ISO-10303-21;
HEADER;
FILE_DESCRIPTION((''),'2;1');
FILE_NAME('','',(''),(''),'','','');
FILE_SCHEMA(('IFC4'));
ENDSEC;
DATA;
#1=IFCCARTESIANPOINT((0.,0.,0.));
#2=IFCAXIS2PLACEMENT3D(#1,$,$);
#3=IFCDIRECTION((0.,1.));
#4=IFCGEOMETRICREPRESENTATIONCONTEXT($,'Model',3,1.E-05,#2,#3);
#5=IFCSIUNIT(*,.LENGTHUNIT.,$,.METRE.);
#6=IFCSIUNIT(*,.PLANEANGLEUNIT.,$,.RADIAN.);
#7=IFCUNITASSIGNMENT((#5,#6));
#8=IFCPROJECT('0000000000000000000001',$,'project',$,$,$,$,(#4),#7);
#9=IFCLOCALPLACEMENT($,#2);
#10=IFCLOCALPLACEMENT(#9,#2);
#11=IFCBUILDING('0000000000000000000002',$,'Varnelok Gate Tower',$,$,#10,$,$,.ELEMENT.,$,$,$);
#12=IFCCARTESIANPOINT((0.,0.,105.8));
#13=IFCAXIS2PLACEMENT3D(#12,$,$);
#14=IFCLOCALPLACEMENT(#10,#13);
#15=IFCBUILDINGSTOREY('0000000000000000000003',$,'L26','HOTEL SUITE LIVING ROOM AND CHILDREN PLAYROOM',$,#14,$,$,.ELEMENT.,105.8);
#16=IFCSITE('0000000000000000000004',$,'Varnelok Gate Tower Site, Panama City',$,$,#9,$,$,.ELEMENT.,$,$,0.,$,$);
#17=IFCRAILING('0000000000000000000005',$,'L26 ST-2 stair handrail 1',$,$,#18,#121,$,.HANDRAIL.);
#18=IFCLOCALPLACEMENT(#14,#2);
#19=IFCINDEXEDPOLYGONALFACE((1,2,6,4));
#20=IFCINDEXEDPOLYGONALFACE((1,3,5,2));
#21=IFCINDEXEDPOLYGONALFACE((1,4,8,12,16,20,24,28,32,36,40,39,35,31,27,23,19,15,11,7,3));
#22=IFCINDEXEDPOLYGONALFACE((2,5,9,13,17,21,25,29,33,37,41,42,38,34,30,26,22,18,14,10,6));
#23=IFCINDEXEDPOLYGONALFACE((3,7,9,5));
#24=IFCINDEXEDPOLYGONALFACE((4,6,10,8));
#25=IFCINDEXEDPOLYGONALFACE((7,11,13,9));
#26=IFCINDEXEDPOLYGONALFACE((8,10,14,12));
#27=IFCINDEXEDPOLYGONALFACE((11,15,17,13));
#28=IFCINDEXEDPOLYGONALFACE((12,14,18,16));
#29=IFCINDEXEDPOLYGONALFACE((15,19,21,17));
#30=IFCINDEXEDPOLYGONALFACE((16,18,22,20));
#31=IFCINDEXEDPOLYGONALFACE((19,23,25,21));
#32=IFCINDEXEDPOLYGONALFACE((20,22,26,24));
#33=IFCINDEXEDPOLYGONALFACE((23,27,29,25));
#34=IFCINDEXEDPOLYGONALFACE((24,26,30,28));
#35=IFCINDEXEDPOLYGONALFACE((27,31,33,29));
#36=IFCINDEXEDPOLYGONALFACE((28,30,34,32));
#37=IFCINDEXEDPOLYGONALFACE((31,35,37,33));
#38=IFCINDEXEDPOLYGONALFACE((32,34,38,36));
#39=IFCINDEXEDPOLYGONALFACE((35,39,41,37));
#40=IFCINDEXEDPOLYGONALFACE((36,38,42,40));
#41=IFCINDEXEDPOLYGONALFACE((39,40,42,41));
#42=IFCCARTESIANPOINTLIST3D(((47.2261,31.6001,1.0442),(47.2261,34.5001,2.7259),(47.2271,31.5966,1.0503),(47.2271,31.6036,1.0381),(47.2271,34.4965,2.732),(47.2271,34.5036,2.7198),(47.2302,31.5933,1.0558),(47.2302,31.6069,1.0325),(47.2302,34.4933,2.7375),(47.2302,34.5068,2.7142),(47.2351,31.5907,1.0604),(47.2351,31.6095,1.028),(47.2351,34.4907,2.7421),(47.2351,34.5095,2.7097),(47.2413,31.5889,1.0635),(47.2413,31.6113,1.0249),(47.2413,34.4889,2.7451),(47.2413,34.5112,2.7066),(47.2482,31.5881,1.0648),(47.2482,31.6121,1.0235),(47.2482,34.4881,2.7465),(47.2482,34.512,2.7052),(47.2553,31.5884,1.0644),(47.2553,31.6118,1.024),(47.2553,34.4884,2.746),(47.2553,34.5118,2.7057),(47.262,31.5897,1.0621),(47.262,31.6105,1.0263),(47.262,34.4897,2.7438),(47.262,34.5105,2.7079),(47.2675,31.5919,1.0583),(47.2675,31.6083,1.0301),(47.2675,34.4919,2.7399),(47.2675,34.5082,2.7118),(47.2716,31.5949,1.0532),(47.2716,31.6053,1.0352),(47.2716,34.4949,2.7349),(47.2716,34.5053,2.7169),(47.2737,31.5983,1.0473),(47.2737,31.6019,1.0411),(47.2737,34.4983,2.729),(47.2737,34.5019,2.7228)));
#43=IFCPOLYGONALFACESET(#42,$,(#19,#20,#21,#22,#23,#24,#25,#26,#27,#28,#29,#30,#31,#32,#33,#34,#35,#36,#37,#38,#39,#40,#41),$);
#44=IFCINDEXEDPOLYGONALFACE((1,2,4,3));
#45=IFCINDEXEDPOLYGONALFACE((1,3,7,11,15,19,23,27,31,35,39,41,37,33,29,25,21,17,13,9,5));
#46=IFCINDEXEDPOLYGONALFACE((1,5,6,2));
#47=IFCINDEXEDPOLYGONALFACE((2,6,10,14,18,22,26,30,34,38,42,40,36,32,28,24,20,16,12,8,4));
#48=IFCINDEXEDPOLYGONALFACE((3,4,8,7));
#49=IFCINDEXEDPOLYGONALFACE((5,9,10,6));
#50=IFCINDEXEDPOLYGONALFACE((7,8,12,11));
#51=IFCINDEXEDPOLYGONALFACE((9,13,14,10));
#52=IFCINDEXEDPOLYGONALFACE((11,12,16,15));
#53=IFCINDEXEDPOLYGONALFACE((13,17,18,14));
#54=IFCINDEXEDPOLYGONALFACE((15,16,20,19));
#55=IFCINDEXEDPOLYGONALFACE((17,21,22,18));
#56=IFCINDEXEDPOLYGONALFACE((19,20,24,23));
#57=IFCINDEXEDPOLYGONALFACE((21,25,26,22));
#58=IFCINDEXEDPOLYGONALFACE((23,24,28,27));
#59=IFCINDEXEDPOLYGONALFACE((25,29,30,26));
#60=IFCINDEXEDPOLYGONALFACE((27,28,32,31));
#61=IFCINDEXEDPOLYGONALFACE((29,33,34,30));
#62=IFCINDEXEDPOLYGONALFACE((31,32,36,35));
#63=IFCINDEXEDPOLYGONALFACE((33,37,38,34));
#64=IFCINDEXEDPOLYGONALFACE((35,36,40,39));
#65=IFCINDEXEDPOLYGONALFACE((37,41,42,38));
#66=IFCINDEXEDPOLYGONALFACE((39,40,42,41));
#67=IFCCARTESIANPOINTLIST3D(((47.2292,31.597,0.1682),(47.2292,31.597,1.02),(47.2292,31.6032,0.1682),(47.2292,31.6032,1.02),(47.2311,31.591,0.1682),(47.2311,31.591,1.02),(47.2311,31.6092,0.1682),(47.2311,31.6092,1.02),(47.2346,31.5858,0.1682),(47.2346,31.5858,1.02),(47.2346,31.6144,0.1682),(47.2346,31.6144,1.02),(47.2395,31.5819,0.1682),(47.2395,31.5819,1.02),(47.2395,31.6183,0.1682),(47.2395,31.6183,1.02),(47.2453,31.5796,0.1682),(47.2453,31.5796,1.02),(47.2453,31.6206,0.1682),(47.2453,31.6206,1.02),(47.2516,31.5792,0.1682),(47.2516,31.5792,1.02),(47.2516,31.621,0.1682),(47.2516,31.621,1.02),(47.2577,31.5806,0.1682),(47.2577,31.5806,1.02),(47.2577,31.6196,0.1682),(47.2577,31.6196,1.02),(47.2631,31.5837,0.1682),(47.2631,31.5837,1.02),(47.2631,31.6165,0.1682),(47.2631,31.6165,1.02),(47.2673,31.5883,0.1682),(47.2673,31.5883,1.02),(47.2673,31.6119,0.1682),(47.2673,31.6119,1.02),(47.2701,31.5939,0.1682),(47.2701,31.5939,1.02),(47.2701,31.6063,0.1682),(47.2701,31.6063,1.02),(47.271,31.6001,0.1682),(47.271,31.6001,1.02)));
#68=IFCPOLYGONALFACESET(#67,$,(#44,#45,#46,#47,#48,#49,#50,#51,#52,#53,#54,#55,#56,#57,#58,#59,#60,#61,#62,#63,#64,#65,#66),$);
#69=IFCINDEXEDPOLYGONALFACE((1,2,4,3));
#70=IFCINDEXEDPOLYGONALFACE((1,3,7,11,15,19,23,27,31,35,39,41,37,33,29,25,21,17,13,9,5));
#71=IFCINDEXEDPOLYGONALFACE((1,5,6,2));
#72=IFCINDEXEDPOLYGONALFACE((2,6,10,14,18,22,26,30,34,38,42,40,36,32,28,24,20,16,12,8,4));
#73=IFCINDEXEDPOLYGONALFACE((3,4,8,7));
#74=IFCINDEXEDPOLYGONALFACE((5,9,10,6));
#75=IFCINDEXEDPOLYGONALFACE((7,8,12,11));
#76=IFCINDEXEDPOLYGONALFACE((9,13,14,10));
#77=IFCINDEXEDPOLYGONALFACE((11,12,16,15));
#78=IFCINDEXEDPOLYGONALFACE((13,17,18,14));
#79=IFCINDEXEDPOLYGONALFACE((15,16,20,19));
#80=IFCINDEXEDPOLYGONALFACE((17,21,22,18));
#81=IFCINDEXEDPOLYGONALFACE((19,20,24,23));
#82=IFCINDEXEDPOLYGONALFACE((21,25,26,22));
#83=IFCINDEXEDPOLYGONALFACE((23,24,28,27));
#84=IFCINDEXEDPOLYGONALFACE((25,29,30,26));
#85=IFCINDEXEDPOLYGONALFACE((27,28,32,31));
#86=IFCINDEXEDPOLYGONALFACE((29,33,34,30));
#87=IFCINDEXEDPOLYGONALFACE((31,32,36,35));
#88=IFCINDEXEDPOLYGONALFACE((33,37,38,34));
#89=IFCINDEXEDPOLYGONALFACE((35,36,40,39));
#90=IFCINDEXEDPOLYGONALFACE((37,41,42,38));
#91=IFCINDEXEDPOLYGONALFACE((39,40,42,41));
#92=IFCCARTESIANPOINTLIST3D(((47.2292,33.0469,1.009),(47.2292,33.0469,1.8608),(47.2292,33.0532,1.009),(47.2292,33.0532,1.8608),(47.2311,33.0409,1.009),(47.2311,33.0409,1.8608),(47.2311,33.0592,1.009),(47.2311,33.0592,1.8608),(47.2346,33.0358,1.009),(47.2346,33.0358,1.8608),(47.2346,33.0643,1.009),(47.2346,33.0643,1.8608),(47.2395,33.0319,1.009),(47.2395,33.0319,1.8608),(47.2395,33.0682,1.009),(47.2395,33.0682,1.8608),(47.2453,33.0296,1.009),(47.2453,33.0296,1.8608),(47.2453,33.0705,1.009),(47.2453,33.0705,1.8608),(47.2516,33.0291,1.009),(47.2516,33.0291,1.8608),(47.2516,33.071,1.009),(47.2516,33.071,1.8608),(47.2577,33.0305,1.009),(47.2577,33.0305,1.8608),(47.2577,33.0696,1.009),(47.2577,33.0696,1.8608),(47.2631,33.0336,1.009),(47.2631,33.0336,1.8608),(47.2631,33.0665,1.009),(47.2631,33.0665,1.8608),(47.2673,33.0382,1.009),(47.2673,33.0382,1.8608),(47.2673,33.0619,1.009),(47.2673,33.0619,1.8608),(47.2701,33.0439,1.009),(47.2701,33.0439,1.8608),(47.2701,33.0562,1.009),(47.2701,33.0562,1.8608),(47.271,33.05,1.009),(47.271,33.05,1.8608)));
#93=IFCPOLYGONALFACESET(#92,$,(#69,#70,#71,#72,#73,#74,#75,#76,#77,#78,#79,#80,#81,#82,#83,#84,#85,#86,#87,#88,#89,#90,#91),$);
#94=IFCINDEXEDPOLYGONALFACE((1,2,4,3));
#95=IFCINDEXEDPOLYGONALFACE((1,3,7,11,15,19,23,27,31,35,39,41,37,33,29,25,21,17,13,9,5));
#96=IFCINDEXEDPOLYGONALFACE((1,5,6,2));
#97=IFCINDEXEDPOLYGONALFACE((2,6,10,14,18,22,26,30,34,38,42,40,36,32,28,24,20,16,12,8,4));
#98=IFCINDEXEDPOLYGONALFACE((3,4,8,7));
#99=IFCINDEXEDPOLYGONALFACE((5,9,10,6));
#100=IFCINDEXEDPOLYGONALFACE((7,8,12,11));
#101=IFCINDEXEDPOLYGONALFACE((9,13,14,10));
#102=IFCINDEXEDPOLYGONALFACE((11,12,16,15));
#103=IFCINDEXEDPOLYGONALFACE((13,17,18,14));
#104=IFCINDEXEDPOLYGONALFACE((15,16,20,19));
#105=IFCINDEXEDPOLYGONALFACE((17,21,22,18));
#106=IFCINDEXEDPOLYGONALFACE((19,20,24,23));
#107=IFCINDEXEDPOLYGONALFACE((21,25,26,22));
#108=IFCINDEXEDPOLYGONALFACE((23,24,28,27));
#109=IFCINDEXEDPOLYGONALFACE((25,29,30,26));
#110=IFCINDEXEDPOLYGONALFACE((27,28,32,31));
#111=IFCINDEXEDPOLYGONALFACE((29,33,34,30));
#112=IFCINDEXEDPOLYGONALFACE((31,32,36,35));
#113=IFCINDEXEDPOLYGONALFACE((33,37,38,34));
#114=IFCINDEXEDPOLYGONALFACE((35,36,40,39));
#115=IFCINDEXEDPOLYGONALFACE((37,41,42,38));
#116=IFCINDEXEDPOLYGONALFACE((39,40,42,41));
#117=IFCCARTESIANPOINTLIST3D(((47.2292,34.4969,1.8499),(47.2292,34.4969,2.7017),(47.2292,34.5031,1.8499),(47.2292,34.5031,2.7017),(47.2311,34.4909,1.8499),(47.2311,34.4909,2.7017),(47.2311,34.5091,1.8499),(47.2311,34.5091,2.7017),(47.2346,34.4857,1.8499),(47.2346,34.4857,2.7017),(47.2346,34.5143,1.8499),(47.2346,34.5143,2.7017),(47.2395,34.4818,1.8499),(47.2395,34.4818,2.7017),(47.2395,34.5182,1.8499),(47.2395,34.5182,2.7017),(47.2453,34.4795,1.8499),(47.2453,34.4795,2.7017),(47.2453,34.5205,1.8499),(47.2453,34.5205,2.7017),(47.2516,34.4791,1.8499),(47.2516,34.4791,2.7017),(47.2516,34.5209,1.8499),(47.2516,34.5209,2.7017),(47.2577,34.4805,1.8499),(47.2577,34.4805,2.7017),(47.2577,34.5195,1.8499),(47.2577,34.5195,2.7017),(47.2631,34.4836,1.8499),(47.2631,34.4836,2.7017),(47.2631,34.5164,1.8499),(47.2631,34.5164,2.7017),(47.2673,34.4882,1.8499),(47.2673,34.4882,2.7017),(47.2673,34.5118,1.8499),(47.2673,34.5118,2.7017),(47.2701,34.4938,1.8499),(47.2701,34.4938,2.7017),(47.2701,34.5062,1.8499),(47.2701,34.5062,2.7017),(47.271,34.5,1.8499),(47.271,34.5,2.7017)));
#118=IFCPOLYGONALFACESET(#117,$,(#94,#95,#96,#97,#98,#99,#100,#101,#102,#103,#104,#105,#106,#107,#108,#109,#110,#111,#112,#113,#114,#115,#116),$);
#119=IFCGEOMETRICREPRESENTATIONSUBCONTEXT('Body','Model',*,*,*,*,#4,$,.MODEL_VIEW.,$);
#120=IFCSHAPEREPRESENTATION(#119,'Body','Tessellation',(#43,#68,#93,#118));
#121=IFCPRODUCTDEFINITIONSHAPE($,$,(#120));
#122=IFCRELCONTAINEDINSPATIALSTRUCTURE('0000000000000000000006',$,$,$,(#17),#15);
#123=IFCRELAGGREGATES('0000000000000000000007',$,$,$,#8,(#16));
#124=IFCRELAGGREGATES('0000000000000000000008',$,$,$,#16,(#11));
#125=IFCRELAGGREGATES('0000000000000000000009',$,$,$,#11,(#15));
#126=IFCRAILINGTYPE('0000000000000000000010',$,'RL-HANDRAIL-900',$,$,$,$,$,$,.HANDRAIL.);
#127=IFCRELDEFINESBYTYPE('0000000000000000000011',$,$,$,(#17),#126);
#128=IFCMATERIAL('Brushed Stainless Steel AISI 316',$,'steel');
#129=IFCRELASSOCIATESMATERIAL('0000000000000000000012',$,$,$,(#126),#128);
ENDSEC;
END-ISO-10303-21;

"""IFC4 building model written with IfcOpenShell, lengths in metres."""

from ifc_helpers import new_model, si_unit, direction, frame, origin, origin_2d, place, context, subcontext, project, spatial, circle, extrude, material, type_object, element, save


model = new_model("IFC4")

# Units and contexts
model_context = context("Model", 3, precision=1e-05, world=origin(), true_north=direction((0.0, 1.0)))
body_context = subcontext(model_context, "Body", "Model", "MODEL_VIEW")
ifc_project = project(units=[si_unit("LENGTHUNIT", "METRE"), si_unit("PLANEANGLEUNIT", "RADIAN")], contexts=[model_context])

# Site, building, storey
site_placement = place(None, origin())
site = spatial("IfcSite", under=ifc_project, at=site_placement, Name="Varnelok Gate Tower Site, Panama City", CompositionType="ELEMENT", RefElevation=0.0)
building_placement = place(site_placement, origin())
building = spatial("IfcBuilding", under=site, at=building_placement, Name="Varnelok Gate Tower", CompositionType="ELEMENT")
storey_placement = place(building_placement, frame((0.0, 0.0, 105.8)))
storey = spatial("IfcBuildingStorey", under=building, at=storey_placement, Name="L26", Description="HOTEL SUITE LIVING ROOM AND CHILDREN PLAYROOM", CompositionType="ELEMENT", Elevation=105.8)

# Railing
ifc_material_1 = material(Name="Brushed Stainless Steel AISI 316", Category="steel")
railing_type_1 = type_object("IfcRailingType", Name="RL-HANDRAIL-900", PredefinedType="HANDRAIL", material=ifc_material_1)
railing_1_placement = place(storey_placement, frame((47.25, 31.6001, 0.1682)))
element("IfcRailing", 1, at=railing_1_placement, inside=storey, type_object=railing_type_1, Name="L26 ST-2 stair handrail 1", PredefinedType="HANDRAIL", context=body_context, shape_type="SweptSolid", body=[
    extrude(circle(Radius=0.0239, at=origin_2d()), frame((0.0, 0.0, 0.876), z_axis=(0.0, 0.86507, 0.501651), x_axis=(-1.0, 0.0, 0.0)), (0.0, 0.0, 1.0), 3.3523),
    extrude(circle(Radius=0.021, at=origin_2d()), origin(), (0.0, 0.0, 1.0), 0.8518),
    extrude(circle(Radius=0.021, at=origin_2d()), frame((0.0, 1.45, 0.8408)), (0.0, 0.0, 1.0), 0.8518),
    extrude(circle(Radius=0.021, at=origin_2d()), frame((0.0, 2.8999, 1.6816)), (0.0, 0.0, 1.0), 0.8518),
])

save(model, "model.ifc")
